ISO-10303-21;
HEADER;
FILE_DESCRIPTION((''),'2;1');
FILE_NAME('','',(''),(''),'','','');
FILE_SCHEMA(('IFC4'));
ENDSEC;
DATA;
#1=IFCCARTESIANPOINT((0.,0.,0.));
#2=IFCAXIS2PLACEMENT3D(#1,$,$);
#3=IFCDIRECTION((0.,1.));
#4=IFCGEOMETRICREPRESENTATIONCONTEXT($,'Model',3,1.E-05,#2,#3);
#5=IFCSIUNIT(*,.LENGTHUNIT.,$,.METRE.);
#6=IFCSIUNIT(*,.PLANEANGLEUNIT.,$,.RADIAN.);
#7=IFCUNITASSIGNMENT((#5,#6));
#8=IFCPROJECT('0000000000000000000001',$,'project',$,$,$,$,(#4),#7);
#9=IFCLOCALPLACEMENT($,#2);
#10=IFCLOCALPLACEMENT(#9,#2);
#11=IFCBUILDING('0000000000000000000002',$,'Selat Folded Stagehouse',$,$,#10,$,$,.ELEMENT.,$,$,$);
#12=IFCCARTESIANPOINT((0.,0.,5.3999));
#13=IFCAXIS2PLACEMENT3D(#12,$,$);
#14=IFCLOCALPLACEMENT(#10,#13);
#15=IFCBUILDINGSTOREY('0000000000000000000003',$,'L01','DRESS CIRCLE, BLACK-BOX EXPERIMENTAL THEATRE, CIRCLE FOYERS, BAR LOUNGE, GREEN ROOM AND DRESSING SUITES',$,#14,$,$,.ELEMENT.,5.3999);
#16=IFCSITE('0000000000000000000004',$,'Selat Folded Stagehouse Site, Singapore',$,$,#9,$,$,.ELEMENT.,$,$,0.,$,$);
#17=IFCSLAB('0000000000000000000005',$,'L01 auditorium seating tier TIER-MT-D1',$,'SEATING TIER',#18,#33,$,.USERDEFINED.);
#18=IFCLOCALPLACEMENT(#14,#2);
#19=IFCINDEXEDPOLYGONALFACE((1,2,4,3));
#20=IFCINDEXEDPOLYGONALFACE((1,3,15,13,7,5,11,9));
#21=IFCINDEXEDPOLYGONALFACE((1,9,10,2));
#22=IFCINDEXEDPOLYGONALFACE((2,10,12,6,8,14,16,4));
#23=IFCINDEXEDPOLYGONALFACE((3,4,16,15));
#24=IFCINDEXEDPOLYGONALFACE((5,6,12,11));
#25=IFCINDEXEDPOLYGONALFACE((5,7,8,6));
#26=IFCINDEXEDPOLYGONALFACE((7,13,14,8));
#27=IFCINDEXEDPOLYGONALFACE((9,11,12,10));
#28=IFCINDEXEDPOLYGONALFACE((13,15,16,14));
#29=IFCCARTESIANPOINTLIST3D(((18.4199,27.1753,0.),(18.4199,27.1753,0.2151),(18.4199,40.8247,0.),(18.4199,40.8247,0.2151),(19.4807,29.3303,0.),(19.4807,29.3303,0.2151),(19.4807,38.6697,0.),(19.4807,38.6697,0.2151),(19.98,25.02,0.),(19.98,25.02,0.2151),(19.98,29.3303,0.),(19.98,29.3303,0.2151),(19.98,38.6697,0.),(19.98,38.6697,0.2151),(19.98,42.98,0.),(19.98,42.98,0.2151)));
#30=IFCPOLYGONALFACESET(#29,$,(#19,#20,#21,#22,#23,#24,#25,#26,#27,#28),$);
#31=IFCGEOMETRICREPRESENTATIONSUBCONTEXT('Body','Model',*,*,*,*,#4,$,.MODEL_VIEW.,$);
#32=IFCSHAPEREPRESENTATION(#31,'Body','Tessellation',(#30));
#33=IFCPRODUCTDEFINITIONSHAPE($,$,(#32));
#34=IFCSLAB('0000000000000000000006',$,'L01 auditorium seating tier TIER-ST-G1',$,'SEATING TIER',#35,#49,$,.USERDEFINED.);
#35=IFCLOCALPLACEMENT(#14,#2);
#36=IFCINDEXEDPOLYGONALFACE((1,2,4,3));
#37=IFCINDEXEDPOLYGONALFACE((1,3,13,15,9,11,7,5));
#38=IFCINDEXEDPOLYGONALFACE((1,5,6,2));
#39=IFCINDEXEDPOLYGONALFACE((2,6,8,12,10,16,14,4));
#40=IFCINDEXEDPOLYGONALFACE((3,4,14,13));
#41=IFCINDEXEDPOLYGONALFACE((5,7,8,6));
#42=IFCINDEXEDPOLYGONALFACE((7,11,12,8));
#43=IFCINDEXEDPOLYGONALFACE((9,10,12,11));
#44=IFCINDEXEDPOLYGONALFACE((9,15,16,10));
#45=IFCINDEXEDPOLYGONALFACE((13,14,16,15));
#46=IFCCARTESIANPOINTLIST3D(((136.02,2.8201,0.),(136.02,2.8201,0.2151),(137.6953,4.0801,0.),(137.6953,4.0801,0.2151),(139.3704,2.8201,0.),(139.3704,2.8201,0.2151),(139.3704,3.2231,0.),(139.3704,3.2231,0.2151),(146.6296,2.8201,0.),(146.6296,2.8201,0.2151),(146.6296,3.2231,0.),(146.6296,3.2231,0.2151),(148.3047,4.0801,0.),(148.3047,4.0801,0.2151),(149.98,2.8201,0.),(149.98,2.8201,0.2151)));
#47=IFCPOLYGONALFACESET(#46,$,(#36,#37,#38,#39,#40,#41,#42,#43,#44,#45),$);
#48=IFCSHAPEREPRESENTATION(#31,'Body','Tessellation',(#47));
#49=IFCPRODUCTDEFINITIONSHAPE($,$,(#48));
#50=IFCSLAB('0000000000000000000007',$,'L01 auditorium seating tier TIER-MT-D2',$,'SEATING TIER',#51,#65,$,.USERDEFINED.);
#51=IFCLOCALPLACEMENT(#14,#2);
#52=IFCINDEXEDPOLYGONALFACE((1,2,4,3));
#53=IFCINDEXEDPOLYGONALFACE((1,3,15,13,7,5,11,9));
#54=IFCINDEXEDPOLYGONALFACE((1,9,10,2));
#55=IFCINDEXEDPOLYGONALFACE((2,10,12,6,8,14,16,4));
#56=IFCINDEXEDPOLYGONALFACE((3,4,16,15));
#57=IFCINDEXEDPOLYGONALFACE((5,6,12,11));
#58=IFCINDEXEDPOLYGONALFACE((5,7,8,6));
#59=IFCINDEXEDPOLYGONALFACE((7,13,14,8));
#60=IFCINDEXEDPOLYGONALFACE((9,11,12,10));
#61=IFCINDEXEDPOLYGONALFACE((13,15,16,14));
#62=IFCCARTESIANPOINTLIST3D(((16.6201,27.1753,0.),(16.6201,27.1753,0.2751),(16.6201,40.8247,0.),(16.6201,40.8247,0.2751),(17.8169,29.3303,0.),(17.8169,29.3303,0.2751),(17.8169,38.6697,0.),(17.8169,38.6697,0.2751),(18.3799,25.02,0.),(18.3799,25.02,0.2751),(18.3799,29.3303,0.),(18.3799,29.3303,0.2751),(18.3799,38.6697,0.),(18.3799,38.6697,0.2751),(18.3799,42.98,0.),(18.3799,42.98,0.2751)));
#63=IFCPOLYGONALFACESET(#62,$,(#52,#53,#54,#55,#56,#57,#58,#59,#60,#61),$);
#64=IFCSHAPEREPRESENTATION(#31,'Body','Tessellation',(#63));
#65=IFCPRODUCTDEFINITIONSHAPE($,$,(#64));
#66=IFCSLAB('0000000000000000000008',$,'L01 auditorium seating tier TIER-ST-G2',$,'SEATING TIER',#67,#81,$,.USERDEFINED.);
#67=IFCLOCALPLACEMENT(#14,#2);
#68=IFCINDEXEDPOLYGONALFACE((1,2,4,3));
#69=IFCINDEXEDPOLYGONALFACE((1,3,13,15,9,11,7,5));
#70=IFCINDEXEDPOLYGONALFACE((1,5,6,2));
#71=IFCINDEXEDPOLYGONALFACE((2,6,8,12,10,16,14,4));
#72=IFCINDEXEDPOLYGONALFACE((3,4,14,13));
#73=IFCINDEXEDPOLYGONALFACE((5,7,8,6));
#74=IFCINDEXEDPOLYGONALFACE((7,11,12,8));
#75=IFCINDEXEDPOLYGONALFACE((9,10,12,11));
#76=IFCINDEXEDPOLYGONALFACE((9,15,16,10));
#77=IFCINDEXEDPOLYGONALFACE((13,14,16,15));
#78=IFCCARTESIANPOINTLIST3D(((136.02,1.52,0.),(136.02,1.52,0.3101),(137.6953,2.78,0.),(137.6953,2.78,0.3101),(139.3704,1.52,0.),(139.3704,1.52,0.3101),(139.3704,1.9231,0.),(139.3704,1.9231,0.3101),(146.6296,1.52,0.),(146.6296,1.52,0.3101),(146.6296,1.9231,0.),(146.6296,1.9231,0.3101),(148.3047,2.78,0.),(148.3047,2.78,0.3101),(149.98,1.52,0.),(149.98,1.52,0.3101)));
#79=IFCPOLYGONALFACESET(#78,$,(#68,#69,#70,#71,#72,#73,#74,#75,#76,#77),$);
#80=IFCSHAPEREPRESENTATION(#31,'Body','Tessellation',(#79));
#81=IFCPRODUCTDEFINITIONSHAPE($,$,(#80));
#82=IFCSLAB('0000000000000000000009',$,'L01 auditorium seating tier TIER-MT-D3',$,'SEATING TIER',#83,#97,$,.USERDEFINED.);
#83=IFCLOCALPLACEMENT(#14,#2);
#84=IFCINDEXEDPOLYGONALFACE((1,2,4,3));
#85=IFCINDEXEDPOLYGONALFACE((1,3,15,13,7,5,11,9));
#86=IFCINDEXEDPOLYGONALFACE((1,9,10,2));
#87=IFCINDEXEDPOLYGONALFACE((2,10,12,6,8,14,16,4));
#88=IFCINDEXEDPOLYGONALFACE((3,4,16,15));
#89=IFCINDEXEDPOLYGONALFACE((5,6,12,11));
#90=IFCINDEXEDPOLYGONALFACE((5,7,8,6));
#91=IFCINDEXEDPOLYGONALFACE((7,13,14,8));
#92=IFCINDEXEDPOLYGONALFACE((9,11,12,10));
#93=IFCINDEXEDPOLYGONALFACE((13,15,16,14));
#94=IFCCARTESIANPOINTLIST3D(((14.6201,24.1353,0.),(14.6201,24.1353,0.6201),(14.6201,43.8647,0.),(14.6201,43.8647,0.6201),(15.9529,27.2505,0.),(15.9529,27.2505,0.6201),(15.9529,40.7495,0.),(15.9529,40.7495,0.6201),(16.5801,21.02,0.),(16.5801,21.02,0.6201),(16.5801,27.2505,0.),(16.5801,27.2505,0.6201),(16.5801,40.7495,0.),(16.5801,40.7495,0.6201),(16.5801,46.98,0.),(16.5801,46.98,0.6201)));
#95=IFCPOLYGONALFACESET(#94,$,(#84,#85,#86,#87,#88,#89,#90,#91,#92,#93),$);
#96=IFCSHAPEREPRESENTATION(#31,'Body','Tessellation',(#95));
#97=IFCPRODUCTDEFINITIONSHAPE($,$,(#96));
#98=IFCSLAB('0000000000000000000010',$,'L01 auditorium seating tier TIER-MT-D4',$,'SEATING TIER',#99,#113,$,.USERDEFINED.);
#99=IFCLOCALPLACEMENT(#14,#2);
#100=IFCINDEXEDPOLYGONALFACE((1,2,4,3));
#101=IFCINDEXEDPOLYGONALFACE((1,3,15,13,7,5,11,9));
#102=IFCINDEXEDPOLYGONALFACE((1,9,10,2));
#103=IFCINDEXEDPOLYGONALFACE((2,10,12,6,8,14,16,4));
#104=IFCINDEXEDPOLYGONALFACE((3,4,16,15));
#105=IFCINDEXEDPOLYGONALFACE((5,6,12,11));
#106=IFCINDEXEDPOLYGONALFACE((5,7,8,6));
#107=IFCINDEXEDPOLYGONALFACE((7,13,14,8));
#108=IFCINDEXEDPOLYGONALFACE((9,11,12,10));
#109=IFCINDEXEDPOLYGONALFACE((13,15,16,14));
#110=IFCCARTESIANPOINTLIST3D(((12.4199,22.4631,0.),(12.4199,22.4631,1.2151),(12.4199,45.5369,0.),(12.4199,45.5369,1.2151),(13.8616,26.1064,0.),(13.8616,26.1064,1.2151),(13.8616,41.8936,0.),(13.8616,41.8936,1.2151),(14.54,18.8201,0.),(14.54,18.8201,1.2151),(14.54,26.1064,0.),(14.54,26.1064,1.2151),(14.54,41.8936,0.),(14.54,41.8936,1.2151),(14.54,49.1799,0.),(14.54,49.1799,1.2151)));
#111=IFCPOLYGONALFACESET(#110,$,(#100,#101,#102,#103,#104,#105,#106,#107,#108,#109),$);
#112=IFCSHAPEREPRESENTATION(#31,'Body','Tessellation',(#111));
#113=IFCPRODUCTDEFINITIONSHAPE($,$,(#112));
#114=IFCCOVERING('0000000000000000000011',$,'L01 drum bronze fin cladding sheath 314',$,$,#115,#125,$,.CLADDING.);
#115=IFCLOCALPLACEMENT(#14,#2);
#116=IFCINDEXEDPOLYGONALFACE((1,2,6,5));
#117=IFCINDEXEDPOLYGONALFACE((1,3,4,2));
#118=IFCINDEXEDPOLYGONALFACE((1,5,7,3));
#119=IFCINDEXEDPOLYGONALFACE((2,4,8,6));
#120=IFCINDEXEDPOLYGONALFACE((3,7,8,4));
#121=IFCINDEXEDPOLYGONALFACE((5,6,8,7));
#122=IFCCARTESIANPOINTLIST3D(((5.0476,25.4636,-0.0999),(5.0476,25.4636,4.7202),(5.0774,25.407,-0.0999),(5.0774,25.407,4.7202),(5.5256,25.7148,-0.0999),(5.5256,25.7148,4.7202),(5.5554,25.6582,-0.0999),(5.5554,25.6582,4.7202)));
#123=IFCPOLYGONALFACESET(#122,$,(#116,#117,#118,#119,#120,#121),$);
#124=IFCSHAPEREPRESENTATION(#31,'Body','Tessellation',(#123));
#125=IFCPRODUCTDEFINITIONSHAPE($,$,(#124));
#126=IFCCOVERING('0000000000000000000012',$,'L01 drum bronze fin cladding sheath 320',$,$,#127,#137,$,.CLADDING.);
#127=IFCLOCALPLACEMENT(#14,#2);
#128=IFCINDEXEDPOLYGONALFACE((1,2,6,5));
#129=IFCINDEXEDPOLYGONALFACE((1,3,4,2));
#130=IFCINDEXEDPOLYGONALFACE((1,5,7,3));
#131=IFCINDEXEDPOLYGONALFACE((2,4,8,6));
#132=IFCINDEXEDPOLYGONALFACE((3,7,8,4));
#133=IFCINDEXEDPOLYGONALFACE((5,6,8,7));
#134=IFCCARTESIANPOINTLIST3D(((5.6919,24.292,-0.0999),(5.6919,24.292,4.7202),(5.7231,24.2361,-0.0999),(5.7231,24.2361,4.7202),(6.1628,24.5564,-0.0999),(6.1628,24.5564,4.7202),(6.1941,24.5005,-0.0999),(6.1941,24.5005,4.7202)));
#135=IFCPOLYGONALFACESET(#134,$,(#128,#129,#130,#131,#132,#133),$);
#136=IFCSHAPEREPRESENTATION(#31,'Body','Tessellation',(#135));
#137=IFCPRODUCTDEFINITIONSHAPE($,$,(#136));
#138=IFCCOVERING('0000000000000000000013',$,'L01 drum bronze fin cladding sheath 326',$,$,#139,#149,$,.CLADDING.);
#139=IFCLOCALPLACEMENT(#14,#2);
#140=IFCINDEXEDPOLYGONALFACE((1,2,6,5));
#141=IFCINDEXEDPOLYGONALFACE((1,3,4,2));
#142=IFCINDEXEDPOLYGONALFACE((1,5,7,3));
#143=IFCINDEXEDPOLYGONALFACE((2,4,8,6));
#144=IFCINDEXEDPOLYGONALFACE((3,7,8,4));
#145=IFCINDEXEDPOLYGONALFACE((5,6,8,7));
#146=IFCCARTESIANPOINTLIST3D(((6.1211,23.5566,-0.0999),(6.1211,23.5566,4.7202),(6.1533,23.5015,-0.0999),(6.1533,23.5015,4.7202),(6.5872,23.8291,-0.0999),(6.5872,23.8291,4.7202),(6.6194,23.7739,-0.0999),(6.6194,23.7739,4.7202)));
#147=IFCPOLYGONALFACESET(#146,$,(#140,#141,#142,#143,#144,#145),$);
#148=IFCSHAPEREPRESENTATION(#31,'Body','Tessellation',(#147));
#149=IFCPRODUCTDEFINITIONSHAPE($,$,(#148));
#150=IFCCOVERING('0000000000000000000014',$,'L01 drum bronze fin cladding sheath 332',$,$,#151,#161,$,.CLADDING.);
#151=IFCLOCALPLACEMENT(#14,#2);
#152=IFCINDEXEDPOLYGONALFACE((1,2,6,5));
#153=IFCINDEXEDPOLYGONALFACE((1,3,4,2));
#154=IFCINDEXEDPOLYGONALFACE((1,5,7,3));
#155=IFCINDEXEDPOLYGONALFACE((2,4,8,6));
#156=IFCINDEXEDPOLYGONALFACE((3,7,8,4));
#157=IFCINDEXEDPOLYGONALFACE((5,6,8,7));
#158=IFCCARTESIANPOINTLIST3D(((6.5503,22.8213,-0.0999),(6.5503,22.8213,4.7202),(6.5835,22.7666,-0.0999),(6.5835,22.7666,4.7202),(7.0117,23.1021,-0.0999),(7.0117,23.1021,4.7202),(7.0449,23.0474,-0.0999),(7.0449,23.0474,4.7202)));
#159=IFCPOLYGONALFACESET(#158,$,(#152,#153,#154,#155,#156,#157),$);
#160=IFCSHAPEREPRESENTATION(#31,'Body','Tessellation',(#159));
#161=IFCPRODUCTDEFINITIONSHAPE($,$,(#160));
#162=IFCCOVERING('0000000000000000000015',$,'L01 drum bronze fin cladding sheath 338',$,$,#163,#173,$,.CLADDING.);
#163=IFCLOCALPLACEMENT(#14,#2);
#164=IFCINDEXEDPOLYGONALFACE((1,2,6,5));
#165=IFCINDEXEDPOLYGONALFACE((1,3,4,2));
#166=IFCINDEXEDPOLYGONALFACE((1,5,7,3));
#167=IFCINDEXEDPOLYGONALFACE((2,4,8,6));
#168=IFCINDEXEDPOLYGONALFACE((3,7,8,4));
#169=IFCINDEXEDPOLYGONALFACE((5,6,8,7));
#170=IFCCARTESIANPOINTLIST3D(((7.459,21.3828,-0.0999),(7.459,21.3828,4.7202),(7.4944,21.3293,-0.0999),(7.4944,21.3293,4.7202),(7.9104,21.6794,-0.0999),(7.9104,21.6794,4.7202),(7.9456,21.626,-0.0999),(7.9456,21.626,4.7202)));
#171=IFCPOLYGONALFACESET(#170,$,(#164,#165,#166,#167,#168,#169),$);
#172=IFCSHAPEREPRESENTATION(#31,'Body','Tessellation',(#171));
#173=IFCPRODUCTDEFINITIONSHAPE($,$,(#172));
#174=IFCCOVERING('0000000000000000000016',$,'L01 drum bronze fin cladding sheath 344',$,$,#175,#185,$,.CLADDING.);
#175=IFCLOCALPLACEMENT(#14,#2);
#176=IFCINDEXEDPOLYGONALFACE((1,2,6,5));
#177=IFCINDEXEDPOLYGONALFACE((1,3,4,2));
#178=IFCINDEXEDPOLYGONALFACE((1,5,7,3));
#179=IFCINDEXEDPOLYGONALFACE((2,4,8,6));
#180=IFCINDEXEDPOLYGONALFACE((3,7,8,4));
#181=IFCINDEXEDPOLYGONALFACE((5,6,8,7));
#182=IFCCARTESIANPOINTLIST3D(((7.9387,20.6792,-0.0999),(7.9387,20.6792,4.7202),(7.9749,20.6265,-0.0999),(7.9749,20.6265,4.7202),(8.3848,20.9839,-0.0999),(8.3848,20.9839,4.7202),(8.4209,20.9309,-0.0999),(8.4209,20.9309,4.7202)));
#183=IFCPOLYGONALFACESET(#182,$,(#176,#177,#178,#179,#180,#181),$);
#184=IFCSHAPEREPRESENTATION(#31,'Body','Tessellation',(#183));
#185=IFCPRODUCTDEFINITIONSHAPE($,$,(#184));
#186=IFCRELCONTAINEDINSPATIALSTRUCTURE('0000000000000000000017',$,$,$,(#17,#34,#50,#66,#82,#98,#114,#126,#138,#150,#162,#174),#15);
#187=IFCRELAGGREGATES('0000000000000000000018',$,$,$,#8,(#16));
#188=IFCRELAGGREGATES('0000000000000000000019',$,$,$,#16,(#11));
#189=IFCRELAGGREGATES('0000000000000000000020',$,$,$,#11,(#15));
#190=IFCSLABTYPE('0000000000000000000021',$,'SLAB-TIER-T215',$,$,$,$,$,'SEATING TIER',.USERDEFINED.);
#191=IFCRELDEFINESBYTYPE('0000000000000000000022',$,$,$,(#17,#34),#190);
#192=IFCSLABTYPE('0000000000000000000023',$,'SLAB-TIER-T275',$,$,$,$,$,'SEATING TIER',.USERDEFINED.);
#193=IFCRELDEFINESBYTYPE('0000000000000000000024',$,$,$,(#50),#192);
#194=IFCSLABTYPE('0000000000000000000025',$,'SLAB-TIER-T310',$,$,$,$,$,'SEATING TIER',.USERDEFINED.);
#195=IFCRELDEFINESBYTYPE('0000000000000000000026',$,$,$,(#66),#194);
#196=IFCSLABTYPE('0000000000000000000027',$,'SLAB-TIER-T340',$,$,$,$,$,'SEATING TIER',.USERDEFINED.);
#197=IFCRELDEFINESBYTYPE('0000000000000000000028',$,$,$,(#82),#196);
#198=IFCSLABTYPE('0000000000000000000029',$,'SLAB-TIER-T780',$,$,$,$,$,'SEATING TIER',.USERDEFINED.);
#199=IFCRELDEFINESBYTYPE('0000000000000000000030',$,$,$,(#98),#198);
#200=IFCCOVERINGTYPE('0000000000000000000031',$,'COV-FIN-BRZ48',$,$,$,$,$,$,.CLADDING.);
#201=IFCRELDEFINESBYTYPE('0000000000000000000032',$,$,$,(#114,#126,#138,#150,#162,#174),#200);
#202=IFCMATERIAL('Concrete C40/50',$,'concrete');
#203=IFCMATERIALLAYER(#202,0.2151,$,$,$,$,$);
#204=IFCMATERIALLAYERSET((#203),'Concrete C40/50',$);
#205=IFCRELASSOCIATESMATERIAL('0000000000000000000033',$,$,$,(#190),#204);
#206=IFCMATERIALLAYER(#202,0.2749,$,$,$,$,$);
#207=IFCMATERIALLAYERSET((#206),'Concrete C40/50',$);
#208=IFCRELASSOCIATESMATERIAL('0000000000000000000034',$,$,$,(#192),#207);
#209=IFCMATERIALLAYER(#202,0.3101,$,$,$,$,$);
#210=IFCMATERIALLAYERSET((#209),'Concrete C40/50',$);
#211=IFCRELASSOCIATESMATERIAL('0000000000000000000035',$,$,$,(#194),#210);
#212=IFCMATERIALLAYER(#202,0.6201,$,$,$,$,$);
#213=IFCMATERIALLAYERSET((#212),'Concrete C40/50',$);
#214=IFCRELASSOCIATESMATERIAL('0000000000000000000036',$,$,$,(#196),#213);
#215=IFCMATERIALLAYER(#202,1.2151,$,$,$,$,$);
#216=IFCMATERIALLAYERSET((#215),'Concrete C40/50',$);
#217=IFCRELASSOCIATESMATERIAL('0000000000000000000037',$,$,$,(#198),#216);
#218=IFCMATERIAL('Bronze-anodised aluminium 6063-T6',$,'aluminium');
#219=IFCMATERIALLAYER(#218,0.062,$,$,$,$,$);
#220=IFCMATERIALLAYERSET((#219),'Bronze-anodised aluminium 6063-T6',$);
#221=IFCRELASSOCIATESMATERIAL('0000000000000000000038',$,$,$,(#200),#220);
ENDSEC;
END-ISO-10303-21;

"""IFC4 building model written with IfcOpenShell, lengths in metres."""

from ifc_helpers import new_model, si_unit, direction, frame, origin, place, context, subcontext, project, spatial, polyline, outline, extrude, material, layer, layer_set, type_object, element, save


model = new_model("IFC4")

# Units and contexts
model_context = context("Model", 3, precision=1e-05, world=origin(), true_north=direction((0.0, 1.0)))
body_context = subcontext(model_context, "Body", "Model", "MODEL_VIEW")
ifc_project = project(units=[si_unit("LENGTHUNIT", "METRE"), si_unit("PLANEANGLEUNIT", "RADIAN")], contexts=[model_context])

# Site, building, storey
site_placement = place(None, origin())
site = spatial("IfcSite", under=ifc_project, at=site_placement, Name="Selat Folded Stagehouse Site, Singapore", CompositionType="ELEMENT", RefElevation=0.0)
building_placement = place(site_placement, origin())
building = spatial("IfcBuilding", under=site, at=building_placement, Name="Selat Folded Stagehouse", CompositionType="ELEMENT")
storey_placement = place(building_placement, frame((0.0, 0.0, 5.3999)))
storey = spatial("IfcBuildingStorey", under=building, at=storey_placement, Name="L01", Description="DRESS CIRCLE, BLACK-BOX EXPERIMENTAL THEATRE, CIRCLE FOYERS, BAR LOUNGE, GREEN ROOM AND DRESSING SUITES", CompositionType="ELEMENT", Elevation=5.3999)

# Slabs
ifc_material_1 = material(Name="Concrete C40/50", Category="concrete")
ifc_layer_1 = layer(ifc_material_1, 0.2151)
ifc_layer_set_1 = layer_set([ifc_layer_1], Name="Concrete C40/50")
slab_type_1 = type_object("IfcSlabType", Name="SLAB-TIER-T215", ElementType="SEATING TIER", PredefinedType="USERDEFINED", material=ifc_layer_set_1)
slab_1_placement = place(storey_placement, origin())
element("IfcSlab", 1, at=slab_1_placement, inside=storey, type_object=slab_type_1, Name="L01 auditorium seating tier TIER-MT-D1", ObjectType="SEATING TIER", PredefinedType="USERDEFINED", context=body_context, shape_type="SweptSolid", body=[
    extrude(outline(polyline([(18.4199, 27.1753), (19.98, 25.02), (19.98, 29.3303), (19.4807, 29.3303), (19.4807, 38.6697), (19.98, 38.6697), (19.98, 42.98), (18.4199, 40.8247), (18.4199, 27.1753)])), origin(), (0.0, 0.0, 1.0), 0.2151),
])
slab_2_placement = place(storey_placement, origin())
element("IfcSlab", 2, at=slab_2_placement, inside=storey, type_object=slab_type_1, Name="L01 auditorium seating tier TIER-ST-G1", ObjectType="SEATING TIER", PredefinedType="USERDEFINED", context=body_context, shape_type="SweptSolid", body=[
    extrude(outline(polyline([(137.6953, 4.0801), (136.02, 2.8201), (139.3704, 2.8201), (139.3704, 3.2231), (146.6296, 3.2231), (146.6296, 2.8201), (149.98, 2.8201), (148.3047, 4.0801), (137.6953, 4.0801)])), origin(), (0.0, 0.0, 1.0), 0.2151),
])
ifc_layer_2 = layer(ifc_material_1, 0.2749)
ifc_layer_set_2 = layer_set([ifc_layer_2], Name="Concrete C40/50")
slab_type_2 = type_object("IfcSlabType", Name="SLAB-TIER-T275", ElementType="SEATING TIER", PredefinedType="USERDEFINED", material=ifc_layer_set_2)
slab_3_placement = place(storey_placement, origin())
element("IfcSlab", 3, at=slab_3_placement, inside=storey, type_object=slab_type_2, Name="L01 auditorium seating tier TIER-MT-D2", ObjectType="SEATING TIER", PredefinedType="USERDEFINED", context=body_context, shape_type="SweptSolid", body=[
    extrude(outline(polyline([(16.6201, 27.1753), (18.3799, 25.02), (18.3799, 29.3303), (17.8169, 29.3303), (17.8169, 38.6697), (18.3799, 38.6697), (18.3799, 42.98), (16.6201, 40.8247), (16.6201, 27.1753)])), origin(), (0.0, 0.0, 1.0), 0.2751),
])
ifc_layer_3 = layer(ifc_material_1, 0.3101)
ifc_layer_set_3 = layer_set([ifc_layer_3], Name="Concrete C40/50")
slab_type_3 = type_object("IfcSlabType", Name="SLAB-TIER-T310", ElementType="SEATING TIER", PredefinedType="USERDEFINED", material=ifc_layer_set_3)
slab_4_placement = place(storey_placement, origin())
element("IfcSlab", 4, at=slab_4_placement, inside=storey, type_object=slab_type_3, Name="L01 auditorium seating tier TIER-ST-G2", ObjectType="SEATING TIER", PredefinedType="USERDEFINED", context=body_context, shape_type="SweptSolid", body=[
    extrude(outline(polyline([(137.6953, 2.78), (136.02, 1.52), (139.3704, 1.52), (139.3704, 1.9231), (146.6296, 1.9231), (146.6296, 1.52), (149.98, 1.52), (148.3047, 2.78), (137.6953, 2.78)])), origin(), (0.0, 0.0, 1.0), 0.3101),
])
ifc_layer_4 = layer(ifc_material_1, 0.6201)
ifc_layer_set_4 = layer_set([ifc_layer_4], Name="Concrete C40/50")
slab_type_4 = type_object("IfcSlabType", Name="SLAB-TIER-T340", ElementType="SEATING TIER", PredefinedType="USERDEFINED", material=ifc_layer_set_4)
slab_5_placement = place(storey_placement, origin())
element("IfcSlab", 5, at=slab_5_placement, inside=storey, type_object=slab_type_4, Name="L01 auditorium seating tier TIER-MT-D3", ObjectType="SEATING TIER", PredefinedType="USERDEFINED", context=body_context, shape_type="SweptSolid", body=[
    extrude(outline(polyline([(14.6201, 24.1353), (16.5801, 21.02), (16.5801, 27.2505), (15.9529, 27.2505), (15.9529, 40.7495), (16.5801, 40.7495), (16.5801, 46.98), (14.6201, 43.8647), (14.6201, 24.1353)])), origin(), (0.0, 0.0, 1.0), 0.6201),
])
ifc_layer_5 = layer(ifc_material_1, 1.2151)
ifc_layer_set_5 = layer_set([ifc_layer_5], Name="Concrete C40/50")
slab_type_5 = type_object("IfcSlabType", Name="SLAB-TIER-T780", ElementType="SEATING TIER", PredefinedType="USERDEFINED", material=ifc_layer_set_5)
slab_6_placement = place(storey_placement, origin())
element("IfcSlab", 6, at=slab_6_placement, inside=storey, type_object=slab_type_5, Name="L01 auditorium seating tier TIER-MT-D4", ObjectType="SEATING TIER", PredefinedType="USERDEFINED", context=body_context, shape_type="SweptSolid", body=[
    extrude(outline(polyline([(12.4199, 22.4631), (14.54, 18.8201), (14.54, 26.1064), (13.8616, 26.1064), (13.8616, 41.8936), (14.54, 41.8936), (14.54, 49.1799), (12.4199, 45.5369), (12.4199, 22.4631)])), origin(), (0.0, 0.0, 1.0), 1.2151),
])

# Coverings
ifc_material_2 = material(Name="Bronze-anodised aluminium 6063-T6", Category="aluminium")
ifc_layer_6 = layer(ifc_material_2, 0.062)
ifc_layer_set_6 = layer_set([ifc_layer_6], Name="Bronze-anodised aluminium 6063-T6")
covering_type = type_object("IfcCoveringType", Name="COV-FIN-BRZ48", PredefinedType="CLADDING", material=ifc_layer_set_6)
covering_1_placement = place(storey_placement, frame((0.0, 0.0, -0.0999)))
element("IfcCovering", 7, at=covering_1_placement, inside=storey, type_object=covering_type, Name="L01 drum bronze fin cladding sheath 314", PredefinedType="CLADDING", context=body_context, shape_type="SweptSolid", body=[
    extrude(outline(polyline([(5.5256, 25.7148), (5.0476, 25.4636), (5.0774, 25.407), (5.5554, 25.6582), (5.5256, 25.7148)])), origin(), (0.0, 0.0, 1.0), 4.8201),
])
covering_2_placement = place(storey_placement, frame((0.0, 0.0, -0.0999)))
element("IfcCovering", 8, at=covering_2_placement, inside=storey, type_object=covering_type, Name="L01 drum bronze fin cladding sheath 320", PredefinedType="CLADDING", context=body_context, shape_type="SweptSolid", body=[
    extrude(outline(polyline([(6.1628, 24.5564), (5.6919, 24.292), (5.7231, 24.2361), (6.1941, 24.5005), (6.1628, 24.5564)])), origin(), (0.0, 0.0, 1.0), 4.8201),
])
covering_3_placement = place(storey_placement, frame((0.0, 0.0, -0.0999)))
element("IfcCovering", 9, at=covering_3_placement, inside=storey, type_object=covering_type, Name="L01 drum bronze fin cladding sheath 326", PredefinedType="CLADDING", context=body_context, shape_type="SweptSolid", body=[
    extrude(outline(polyline([(6.5872, 23.8291), (6.1211, 23.5566), (6.1533, 23.5015), (6.6194, 23.7739), (6.5872, 23.8291)])), origin(), (0.0, 0.0, 1.0), 4.8201),
])
covering_4_placement = place(storey_placement, frame((0.0, 0.0, -0.0999)))
element("IfcCovering", 10, at=covering_4_placement, inside=storey, type_object=covering_type, Name="L01 drum bronze fin cladding sheath 332", PredefinedType="CLADDING", context=body_context, shape_type="SweptSolid", body=[
    extrude(outline(polyline([(7.0117, 23.1021), (6.5503, 22.8213), (6.5835, 22.7666), (7.0449, 23.0474), (7.0117, 23.1021)])), origin(), (0.0, 0.0, 1.0), 4.8201),
])
covering_5_placement = place(storey_placement, frame((0.0, 0.0, -0.0999)))
element("IfcCovering", 11, at=covering_5_placement, inside=storey, type_object=covering_type, Name="L01 drum bronze fin cladding sheath 338", PredefinedType="CLADDING", context=body_context, shape_type="SweptSolid", body=[
    extrude(outline(polyline([(7.9104, 21.6794), (7.459, 21.3828), (7.4944, 21.3293), (7.9456, 21.626), (7.9104, 21.6794)])), origin(), (0.0, 0.0, 1.0), 4.8201),
])
covering_6_placement = place(storey_placement, frame((0.0, 0.0, -0.0999)))
element("IfcCovering", 12, at=covering_6_placement, inside=storey, type_object=covering_type, Name="L01 drum bronze fin cladding sheath 344", PredefinedType="CLADDING", context=body_context, shape_type="SweptSolid", body=[
    extrude(outline(polyline([(8.3848, 20.9839), (7.9387, 20.6792), (7.9749, 20.6265), (8.4209, 20.9309), (8.3848, 20.9839)])), origin(), (0.0, 0.0, 1.0), 4.8201),
])

save(model, "model.ifc")
